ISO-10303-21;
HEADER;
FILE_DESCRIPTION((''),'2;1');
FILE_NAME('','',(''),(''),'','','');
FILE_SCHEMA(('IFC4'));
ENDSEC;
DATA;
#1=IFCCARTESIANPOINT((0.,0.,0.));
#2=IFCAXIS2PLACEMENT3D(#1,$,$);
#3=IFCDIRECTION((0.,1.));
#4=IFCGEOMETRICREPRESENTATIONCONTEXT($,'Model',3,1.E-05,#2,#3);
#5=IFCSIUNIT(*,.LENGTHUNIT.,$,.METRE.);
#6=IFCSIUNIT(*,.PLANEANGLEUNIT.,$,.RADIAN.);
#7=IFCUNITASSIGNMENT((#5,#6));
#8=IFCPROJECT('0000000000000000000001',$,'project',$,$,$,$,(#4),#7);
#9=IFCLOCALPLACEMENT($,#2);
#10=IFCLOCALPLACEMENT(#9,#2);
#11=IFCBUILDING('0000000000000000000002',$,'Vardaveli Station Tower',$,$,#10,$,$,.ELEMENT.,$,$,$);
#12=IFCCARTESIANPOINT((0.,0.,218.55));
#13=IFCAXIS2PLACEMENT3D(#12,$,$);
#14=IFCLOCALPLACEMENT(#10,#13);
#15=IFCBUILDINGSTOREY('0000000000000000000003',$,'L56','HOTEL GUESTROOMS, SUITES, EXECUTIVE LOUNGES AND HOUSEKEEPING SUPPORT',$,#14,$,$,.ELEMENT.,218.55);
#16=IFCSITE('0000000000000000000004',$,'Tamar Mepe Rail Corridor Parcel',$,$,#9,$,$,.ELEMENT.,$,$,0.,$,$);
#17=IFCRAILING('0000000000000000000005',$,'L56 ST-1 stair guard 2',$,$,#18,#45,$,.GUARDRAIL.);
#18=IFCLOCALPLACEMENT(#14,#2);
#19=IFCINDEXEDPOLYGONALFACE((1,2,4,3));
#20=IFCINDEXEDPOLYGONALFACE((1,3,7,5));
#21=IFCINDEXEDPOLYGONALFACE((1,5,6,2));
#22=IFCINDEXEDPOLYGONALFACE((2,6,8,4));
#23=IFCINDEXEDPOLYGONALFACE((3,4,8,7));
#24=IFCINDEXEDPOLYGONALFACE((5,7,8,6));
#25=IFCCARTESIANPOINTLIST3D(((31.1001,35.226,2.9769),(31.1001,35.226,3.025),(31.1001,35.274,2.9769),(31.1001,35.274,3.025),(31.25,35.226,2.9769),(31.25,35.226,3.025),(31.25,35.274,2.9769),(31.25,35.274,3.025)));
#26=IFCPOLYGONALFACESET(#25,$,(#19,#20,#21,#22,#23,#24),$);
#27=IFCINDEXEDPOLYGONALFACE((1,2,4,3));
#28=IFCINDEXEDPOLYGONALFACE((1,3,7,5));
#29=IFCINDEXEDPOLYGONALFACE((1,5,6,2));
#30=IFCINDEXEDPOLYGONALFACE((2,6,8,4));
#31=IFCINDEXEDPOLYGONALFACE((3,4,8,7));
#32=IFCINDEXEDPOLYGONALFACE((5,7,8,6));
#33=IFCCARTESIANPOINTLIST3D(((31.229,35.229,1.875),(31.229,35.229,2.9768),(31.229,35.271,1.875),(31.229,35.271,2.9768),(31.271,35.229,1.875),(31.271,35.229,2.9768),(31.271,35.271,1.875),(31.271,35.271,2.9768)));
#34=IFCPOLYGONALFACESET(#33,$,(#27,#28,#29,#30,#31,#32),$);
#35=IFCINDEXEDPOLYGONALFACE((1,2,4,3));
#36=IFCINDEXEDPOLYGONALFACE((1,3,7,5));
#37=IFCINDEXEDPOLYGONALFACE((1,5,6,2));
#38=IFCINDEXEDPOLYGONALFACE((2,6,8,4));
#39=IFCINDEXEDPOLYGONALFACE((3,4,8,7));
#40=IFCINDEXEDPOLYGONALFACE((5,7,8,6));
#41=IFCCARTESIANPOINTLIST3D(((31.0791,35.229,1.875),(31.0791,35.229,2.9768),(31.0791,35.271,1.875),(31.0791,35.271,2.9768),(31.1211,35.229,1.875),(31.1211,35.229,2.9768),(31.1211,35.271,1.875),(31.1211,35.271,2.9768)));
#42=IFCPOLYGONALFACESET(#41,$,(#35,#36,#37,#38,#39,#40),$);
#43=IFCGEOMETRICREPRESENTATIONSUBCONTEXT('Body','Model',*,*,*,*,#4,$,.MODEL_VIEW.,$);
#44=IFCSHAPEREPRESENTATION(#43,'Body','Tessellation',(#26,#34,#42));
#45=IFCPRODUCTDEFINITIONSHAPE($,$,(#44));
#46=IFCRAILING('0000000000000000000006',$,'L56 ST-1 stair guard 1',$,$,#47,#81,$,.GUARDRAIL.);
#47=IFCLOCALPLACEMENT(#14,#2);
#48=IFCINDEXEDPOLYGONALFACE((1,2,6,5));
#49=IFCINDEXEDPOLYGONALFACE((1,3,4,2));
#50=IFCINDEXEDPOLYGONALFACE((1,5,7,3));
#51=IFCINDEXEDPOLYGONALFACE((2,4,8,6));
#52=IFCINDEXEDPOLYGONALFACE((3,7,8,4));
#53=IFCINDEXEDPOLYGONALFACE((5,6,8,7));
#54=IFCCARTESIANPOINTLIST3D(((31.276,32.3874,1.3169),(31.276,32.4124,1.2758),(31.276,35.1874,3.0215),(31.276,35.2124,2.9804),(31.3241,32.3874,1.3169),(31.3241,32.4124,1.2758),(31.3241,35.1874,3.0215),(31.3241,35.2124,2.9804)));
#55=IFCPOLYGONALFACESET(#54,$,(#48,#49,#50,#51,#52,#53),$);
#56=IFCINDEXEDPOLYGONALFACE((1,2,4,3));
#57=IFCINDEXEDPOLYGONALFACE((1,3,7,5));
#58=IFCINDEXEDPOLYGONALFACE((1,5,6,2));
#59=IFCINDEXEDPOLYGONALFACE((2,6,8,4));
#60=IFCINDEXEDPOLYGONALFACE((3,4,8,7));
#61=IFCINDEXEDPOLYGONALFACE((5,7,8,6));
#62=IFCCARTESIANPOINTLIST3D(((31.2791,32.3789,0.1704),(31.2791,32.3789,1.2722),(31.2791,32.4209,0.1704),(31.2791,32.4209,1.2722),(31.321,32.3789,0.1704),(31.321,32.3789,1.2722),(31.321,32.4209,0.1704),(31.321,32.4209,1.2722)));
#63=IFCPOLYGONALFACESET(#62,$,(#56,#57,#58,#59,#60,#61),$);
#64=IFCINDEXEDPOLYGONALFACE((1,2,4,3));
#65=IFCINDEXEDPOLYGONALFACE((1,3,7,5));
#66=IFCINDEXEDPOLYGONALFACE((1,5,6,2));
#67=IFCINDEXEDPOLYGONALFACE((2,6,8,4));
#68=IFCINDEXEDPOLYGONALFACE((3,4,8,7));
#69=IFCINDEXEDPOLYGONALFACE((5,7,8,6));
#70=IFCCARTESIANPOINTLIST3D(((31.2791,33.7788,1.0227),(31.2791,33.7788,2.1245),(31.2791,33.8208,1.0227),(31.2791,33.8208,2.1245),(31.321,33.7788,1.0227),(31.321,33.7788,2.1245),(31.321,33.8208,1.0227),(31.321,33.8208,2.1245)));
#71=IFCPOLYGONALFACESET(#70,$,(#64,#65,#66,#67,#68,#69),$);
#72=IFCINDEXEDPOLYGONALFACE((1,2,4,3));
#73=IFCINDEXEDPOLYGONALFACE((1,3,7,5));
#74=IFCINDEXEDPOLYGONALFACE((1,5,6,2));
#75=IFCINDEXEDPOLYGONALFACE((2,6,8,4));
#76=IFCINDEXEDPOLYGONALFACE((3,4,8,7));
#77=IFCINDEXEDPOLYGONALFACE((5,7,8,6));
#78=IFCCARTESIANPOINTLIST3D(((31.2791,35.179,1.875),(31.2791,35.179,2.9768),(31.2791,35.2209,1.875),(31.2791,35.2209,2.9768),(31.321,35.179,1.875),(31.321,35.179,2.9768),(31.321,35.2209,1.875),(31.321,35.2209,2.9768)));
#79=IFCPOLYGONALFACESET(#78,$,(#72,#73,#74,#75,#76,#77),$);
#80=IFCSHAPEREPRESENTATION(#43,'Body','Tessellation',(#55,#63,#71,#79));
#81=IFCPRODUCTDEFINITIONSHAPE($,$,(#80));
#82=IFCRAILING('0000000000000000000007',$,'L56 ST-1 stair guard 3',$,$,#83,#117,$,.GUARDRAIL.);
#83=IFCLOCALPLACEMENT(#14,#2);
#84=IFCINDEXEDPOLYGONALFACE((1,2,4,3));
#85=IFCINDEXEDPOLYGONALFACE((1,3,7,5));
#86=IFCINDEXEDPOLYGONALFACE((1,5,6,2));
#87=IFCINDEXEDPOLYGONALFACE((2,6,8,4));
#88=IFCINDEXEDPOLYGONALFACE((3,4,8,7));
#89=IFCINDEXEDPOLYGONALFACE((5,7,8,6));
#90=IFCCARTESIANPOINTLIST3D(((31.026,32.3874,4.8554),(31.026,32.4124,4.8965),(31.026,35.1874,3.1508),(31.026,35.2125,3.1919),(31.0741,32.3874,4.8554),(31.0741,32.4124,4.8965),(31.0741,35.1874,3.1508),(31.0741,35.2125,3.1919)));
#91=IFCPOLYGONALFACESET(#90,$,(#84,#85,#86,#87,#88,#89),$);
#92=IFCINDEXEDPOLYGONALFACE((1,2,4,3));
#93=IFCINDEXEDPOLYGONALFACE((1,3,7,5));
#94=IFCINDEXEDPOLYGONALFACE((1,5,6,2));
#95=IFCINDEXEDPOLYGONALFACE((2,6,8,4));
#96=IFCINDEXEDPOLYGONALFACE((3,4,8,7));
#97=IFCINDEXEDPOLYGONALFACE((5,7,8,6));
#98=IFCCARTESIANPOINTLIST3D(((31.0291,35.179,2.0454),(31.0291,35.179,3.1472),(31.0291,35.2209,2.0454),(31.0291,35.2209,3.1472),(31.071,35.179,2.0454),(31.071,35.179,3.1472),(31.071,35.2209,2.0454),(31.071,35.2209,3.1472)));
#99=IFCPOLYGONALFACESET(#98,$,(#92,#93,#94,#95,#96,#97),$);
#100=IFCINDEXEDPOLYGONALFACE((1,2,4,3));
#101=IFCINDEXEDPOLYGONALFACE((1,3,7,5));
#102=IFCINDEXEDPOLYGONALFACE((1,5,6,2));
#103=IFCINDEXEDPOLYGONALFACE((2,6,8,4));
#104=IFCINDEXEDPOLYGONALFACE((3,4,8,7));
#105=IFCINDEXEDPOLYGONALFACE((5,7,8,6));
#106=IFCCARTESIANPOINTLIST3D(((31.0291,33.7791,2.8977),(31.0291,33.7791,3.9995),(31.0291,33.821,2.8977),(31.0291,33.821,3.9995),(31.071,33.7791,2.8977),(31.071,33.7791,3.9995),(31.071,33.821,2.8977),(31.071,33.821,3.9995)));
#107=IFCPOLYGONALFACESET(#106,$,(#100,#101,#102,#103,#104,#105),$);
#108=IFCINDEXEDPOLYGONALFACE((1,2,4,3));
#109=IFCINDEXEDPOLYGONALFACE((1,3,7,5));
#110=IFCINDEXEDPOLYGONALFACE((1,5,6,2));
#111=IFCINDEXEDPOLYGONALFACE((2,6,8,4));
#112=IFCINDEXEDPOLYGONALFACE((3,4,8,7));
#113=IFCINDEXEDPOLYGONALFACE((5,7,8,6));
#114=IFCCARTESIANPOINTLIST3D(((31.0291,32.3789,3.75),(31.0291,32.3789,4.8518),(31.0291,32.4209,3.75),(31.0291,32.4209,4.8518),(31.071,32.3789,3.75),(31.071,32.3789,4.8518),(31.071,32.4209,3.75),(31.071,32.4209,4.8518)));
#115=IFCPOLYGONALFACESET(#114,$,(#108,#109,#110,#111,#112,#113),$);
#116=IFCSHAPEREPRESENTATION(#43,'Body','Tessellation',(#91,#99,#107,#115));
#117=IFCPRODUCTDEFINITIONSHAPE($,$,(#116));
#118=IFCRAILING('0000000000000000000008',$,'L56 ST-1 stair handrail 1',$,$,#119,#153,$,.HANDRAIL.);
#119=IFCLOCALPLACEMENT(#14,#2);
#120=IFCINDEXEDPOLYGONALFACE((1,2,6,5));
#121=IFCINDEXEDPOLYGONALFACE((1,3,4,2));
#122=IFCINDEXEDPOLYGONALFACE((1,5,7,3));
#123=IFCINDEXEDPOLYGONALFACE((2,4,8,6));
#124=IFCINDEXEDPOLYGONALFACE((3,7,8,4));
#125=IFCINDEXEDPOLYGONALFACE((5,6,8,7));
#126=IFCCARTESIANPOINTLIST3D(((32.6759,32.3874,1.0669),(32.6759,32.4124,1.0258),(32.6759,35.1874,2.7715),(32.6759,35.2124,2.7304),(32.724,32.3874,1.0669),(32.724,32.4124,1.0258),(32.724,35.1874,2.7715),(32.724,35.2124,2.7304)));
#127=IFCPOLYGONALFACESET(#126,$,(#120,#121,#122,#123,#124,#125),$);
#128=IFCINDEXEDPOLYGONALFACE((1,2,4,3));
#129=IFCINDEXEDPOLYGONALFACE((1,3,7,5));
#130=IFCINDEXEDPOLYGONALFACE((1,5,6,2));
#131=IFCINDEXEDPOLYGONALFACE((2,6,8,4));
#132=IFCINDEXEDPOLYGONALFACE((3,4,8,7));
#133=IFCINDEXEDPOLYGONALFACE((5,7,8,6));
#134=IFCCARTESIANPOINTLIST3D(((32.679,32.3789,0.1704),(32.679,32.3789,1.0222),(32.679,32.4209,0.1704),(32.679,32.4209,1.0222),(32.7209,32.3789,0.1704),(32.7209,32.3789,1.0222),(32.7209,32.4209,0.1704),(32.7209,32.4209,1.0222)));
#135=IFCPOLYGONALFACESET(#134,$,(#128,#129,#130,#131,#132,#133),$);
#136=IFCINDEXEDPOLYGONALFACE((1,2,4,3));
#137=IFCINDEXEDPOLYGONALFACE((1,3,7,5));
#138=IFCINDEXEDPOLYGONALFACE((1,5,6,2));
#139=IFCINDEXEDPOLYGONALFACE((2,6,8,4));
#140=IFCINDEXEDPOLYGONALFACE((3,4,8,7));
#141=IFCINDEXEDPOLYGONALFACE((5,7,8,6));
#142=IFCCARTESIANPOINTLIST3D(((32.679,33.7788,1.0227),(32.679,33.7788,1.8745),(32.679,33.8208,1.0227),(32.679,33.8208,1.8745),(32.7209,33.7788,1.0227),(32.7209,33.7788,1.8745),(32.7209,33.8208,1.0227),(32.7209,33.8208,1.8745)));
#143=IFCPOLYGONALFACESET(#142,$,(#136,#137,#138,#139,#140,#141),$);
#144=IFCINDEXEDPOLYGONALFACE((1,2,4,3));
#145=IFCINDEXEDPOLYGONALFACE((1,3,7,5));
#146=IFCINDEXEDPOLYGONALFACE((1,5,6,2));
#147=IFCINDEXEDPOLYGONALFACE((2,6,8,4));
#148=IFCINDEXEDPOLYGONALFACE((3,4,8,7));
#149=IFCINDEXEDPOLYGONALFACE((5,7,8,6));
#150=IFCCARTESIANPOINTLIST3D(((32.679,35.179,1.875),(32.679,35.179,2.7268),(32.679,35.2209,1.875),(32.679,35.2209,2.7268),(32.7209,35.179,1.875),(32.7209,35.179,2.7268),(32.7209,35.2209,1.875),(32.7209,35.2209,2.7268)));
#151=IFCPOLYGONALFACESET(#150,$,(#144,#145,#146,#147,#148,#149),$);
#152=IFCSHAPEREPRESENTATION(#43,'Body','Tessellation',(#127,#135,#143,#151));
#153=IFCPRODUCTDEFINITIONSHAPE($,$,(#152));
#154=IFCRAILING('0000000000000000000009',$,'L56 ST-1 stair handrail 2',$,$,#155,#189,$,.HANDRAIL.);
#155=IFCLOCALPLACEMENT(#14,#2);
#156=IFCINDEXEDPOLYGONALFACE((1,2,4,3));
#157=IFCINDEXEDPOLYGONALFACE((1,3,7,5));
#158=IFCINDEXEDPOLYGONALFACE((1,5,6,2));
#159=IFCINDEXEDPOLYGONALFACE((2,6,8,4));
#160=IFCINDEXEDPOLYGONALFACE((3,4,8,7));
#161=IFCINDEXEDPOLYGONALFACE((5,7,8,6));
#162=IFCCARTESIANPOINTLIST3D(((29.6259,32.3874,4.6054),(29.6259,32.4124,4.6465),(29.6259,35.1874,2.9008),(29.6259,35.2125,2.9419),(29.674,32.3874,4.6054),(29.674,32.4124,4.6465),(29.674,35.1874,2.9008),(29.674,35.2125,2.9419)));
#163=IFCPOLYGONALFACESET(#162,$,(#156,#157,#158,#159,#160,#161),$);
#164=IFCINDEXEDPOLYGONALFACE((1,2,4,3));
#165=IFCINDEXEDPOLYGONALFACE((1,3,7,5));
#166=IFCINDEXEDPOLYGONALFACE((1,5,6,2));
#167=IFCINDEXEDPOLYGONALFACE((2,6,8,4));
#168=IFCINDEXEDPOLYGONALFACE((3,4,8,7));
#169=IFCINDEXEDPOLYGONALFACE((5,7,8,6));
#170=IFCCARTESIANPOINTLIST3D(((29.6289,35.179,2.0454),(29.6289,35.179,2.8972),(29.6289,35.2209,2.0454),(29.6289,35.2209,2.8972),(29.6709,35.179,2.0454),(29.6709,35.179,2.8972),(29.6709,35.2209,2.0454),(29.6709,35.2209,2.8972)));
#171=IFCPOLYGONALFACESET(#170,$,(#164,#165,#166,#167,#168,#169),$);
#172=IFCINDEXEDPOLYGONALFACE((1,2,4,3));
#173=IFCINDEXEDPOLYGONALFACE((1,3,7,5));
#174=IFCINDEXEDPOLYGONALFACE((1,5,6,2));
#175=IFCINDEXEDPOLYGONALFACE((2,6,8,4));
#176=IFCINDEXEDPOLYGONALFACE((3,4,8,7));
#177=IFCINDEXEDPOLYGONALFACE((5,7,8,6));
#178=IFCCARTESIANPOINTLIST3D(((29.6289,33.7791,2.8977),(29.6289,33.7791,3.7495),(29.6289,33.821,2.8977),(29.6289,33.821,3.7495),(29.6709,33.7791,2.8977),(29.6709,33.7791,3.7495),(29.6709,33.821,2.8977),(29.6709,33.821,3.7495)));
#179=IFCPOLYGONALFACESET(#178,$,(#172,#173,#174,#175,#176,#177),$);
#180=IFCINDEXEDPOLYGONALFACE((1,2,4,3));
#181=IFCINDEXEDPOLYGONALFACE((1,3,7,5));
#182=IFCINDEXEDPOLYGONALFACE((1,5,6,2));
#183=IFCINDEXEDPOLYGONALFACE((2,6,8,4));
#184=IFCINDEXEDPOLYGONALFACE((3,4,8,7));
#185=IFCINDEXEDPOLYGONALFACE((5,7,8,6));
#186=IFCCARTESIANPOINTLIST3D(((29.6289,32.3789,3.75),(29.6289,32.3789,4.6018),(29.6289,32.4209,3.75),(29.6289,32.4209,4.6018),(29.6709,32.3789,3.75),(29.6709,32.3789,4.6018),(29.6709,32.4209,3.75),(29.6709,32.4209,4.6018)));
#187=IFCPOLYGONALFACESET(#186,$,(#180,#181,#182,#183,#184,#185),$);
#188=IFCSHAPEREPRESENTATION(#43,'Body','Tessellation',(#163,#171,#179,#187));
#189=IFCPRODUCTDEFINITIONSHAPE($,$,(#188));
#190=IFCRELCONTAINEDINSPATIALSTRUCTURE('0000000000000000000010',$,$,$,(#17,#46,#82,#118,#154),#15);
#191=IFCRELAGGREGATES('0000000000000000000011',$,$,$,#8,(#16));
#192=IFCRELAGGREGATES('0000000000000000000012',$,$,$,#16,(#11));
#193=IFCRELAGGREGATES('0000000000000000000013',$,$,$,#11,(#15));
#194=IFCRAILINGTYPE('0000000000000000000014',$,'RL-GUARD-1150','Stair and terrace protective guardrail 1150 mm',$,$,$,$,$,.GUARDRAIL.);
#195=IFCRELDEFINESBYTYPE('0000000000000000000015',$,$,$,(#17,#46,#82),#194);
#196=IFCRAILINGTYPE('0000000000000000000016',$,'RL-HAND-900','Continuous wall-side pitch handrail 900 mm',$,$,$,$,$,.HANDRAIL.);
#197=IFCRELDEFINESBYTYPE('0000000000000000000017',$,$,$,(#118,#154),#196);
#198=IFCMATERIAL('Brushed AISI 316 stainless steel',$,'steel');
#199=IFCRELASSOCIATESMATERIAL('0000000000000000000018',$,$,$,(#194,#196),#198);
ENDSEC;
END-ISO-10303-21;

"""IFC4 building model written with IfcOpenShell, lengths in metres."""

from ifc_helpers import new_model, si_unit, direction, frame, origin, origin_2d, place, context, subcontext, project, spatial, rectangle, extrude, source, transform, mapped, material, type_object, element, save


model = new_model("IFC4")

# Units and contexts
model_context = context("Model", 3, precision=1e-05, world=origin(), true_north=direction((0.0, 1.0)))
body_context = subcontext(model_context, "Body", "Model", "MODEL_VIEW")
ifc_project = project(units=[si_unit("LENGTHUNIT", "METRE"), si_unit("PLANEANGLEUNIT", "RADIAN")], contexts=[model_context])

# Site, building, storey
site_placement = place(None, origin())
site = spatial("IfcSite", under=ifc_project, at=site_placement, Name="Tamar Mepe Rail Corridor Parcel", CompositionType="ELEMENT", RefElevation=0.0)
building_placement = place(site_placement, origin())
building = spatial("IfcBuilding", under=site, at=building_placement, Name="Vardaveli Station Tower", CompositionType="ELEMENT")
storey_placement = place(building_placement, frame((0.0, 0.0, 218.55)))
storey = spatial("IfcBuildingStorey", under=building, at=storey_placement, Name="L56", Description="HOTEL GUESTROOMS, SUITES, EXECUTIVE LOUNGES AND HOUSEKEEPING SUPPORT", CompositionType="ELEMENT", Elevation=218.55)

# Railings
ifc_material_1 = material(Name="Brushed AISI 316 stainless steel", Category="steel")
railing_type_1 = type_object("IfcRailingType", Name="RL-GUARD-1150", Description="Stair and terrace protective guardrail 1150 mm", PredefinedType="GUARDRAIL", material=ifc_material_1)
shared_shape_1 = source(origin(), body_context, "Body", "SweptSolid", [
    extrude(rectangle(XDim=0.0481, YDim=0.0481, at=origin_2d()), frame((0.0, 0.0, 1.126), z_axis=(-1.0, 0.0, 0.0), x_axis=(0.0, -1.0, 0.0)), (0.0, 0.0, 1.0), 0.1499),
    extrude(rectangle(XDim=0.042, YDim=0.042, at=origin_2d()), origin(), (0.0, 0.0, 1.0), 1.1018),
    extrude(rectangle(XDim=0.042, YDim=0.042, at=origin_2d()), frame((-0.1499, 0.0, 0.0)), (0.0, 0.0, 1.0), 1.1018),
])
railing_1_placement = place(storey_placement, frame((31.25, 35.25, 1.875)))
element("IfcRailing", 1, at=railing_1_placement, inside=storey, type_object=railing_type_1, Name="L56 ST-1 stair guard 2", PredefinedType="GUARDRAIL", context=body_context, shape_type="MappedRepresentation", body=[
    mapped(shared_shape_1, transform((0.0, 0.0, 0.0), scale=1.0)),
])
shared_shape_2 = source(origin(), body_context, "Body", "SweptSolid", [
    extrude(rectangle(XDim=0.0481, YDim=0.0481, at=origin_2d()), frame((0.0, 0.0, 1.126), z_axis=(0.0, 0.85417, 0.519994), x_axis=(-1.0, 0.0, 0.0)), (0.0, 0.0, 1.0), 3.2781),
    extrude(rectangle(XDim=0.042, YDim=0.042, at=origin_2d()), origin(), (0.0, 0.0, 1.0), 1.1018),
    extrude(rectangle(XDim=0.042, YDim=0.042, at=origin_2d()), frame((0.0, 1.3999, 0.8523)), (0.0, 0.0, 1.0), 1.1018),
    extrude(rectangle(XDim=0.042, YDim=0.042, at=origin_2d()), frame((0.0, 2.8, 1.7046)), (0.0, 0.0, 1.0), 1.1018),
])
railing_2_placement = place(storey_placement, frame((31.3, 32.3999, 0.1704)))
element("IfcRailing", 2, at=railing_2_placement, inside=storey, type_object=railing_type_1, Name="L56 ST-1 stair guard 1", PredefinedType="GUARDRAIL", context=body_context, shape_type="MappedRepresentation", body=[
    mapped(shared_shape_2, transform((0.0, 0.0, 0.0), scale=1.0)),
])
shared_shape_3 = source(origin(), body_context, "Body", "SweptSolid", [
    extrude(rectangle(XDim=0.0481, YDim=0.0481, at=origin_2d()), frame((0.0, 0.0, 1.126), z_axis=(0.0, -0.85417, 0.519994), x_axis=(1.0, 0.0, 0.0)), (0.0, 0.0, 1.0), 3.2781),
    extrude(rectangle(XDim=0.042, YDim=0.042, at=origin_2d()), origin(), (0.0, 0.0, 1.0), 1.1018),
    extrude(rectangle(XDim=0.042, YDim=0.042, at=origin_2d()), frame((0.0, -1.3999, 0.8523)), (0.0, 0.0, 1.0), 1.1018),
    extrude(rectangle(XDim=0.042, YDim=0.042, at=origin_2d()), frame((0.0, -2.8, 1.7046)), (0.0, 0.0, 1.0), 1.1018),
])
railing_3_placement = place(storey_placement, frame((31.05, 35.2, 2.0454)))
element("IfcRailing", 3, at=railing_3_placement, inside=storey, type_object=railing_type_1, Name="L56 ST-1 stair guard 3", PredefinedType="GUARDRAIL", context=body_context, shape_type="MappedRepresentation", body=[
    mapped(shared_shape_3, transform((0.0, 0.0, 0.0), scale=1.0)),
])
railing_type_2 = type_object("IfcRailingType", Name="RL-HAND-900", Description="Continuous wall-side pitch handrail 900 mm", PredefinedType="HANDRAIL", material=ifc_material_1)
shared_shape_4 = source(origin(), body_context, "Body", "SweptSolid", [
    extrude(rectangle(XDim=0.0481, YDim=0.0481, at=origin_2d()), frame((0.0, 0.0, 0.876), z_axis=(0.0, 0.85417, 0.519994), x_axis=(-1.0, 0.0, 0.0)), (0.0, 0.0, 1.0), 3.2781),
    extrude(rectangle(XDim=0.042, YDim=0.042, at=origin_2d()), origin(), (0.0, 0.0, 1.0), 0.8518),
    extrude(rectangle(XDim=0.042, YDim=0.042, at=origin_2d()), frame((0.0, 1.3999, 0.8523)), (0.0, 0.0, 1.0), 0.8518),
    extrude(rectangle(XDim=0.042, YDim=0.042, at=origin_2d()), frame((0.0, 2.8, 1.7046)), (0.0, 0.0, 1.0), 0.8518),
])
railing_4_placement = place(storey_placement, frame((32.7, 32.3999, 0.1704)))
element("IfcRailing", 4, at=railing_4_placement, inside=storey, type_object=railing_type_2, Name="L56 ST-1 stair handrail 1", PredefinedType="HANDRAIL", context=body_context, shape_type="MappedRepresentation", body=[
    mapped(shared_shape_4, transform((0.0, 0.0, 0.0), scale=1.0)),
])
shared_shape_5 = source(origin(), body_context, "Body", "SweptSolid", [
    extrude(rectangle(XDim=0.0481, YDim=0.0481, at=origin_2d()), frame((0.0, 0.0, 0.876), z_axis=(0.0, -0.85417, 0.519994), x_axis=(1.0, 0.0, 0.0)), (0.0, 0.0, 1.0), 3.2781),
    extrude(rectangle(XDim=0.042, YDim=0.042, at=origin_2d()), origin(), (0.0, 0.0, 1.0), 0.8518),
    extrude(rectangle(XDim=0.042, YDim=0.042, at=origin_2d()), frame((0.0, -1.3999, 0.8523)), (0.0, 0.0, 1.0), 0.8518),
    extrude(rectangle(XDim=0.042, YDim=0.042, at=origin_2d()), frame((0.0, -2.8, 1.7046)), (0.0, 0.0, 1.0), 0.8518),
])
railing_5_placement = place(storey_placement, frame((29.6499, 35.2, 2.0454)))
element("IfcRailing", 5, at=railing_5_placement, inside=storey, type_object=railing_type_2, Name="L56 ST-1 stair handrail 2", PredefinedType="HANDRAIL", context=body_context, shape_type="MappedRepresentation", body=[
    mapped(shared_shape_5, transform((0.0, 0.0, 0.0), scale=1.0)),
])

save(model, "model.ifc")
